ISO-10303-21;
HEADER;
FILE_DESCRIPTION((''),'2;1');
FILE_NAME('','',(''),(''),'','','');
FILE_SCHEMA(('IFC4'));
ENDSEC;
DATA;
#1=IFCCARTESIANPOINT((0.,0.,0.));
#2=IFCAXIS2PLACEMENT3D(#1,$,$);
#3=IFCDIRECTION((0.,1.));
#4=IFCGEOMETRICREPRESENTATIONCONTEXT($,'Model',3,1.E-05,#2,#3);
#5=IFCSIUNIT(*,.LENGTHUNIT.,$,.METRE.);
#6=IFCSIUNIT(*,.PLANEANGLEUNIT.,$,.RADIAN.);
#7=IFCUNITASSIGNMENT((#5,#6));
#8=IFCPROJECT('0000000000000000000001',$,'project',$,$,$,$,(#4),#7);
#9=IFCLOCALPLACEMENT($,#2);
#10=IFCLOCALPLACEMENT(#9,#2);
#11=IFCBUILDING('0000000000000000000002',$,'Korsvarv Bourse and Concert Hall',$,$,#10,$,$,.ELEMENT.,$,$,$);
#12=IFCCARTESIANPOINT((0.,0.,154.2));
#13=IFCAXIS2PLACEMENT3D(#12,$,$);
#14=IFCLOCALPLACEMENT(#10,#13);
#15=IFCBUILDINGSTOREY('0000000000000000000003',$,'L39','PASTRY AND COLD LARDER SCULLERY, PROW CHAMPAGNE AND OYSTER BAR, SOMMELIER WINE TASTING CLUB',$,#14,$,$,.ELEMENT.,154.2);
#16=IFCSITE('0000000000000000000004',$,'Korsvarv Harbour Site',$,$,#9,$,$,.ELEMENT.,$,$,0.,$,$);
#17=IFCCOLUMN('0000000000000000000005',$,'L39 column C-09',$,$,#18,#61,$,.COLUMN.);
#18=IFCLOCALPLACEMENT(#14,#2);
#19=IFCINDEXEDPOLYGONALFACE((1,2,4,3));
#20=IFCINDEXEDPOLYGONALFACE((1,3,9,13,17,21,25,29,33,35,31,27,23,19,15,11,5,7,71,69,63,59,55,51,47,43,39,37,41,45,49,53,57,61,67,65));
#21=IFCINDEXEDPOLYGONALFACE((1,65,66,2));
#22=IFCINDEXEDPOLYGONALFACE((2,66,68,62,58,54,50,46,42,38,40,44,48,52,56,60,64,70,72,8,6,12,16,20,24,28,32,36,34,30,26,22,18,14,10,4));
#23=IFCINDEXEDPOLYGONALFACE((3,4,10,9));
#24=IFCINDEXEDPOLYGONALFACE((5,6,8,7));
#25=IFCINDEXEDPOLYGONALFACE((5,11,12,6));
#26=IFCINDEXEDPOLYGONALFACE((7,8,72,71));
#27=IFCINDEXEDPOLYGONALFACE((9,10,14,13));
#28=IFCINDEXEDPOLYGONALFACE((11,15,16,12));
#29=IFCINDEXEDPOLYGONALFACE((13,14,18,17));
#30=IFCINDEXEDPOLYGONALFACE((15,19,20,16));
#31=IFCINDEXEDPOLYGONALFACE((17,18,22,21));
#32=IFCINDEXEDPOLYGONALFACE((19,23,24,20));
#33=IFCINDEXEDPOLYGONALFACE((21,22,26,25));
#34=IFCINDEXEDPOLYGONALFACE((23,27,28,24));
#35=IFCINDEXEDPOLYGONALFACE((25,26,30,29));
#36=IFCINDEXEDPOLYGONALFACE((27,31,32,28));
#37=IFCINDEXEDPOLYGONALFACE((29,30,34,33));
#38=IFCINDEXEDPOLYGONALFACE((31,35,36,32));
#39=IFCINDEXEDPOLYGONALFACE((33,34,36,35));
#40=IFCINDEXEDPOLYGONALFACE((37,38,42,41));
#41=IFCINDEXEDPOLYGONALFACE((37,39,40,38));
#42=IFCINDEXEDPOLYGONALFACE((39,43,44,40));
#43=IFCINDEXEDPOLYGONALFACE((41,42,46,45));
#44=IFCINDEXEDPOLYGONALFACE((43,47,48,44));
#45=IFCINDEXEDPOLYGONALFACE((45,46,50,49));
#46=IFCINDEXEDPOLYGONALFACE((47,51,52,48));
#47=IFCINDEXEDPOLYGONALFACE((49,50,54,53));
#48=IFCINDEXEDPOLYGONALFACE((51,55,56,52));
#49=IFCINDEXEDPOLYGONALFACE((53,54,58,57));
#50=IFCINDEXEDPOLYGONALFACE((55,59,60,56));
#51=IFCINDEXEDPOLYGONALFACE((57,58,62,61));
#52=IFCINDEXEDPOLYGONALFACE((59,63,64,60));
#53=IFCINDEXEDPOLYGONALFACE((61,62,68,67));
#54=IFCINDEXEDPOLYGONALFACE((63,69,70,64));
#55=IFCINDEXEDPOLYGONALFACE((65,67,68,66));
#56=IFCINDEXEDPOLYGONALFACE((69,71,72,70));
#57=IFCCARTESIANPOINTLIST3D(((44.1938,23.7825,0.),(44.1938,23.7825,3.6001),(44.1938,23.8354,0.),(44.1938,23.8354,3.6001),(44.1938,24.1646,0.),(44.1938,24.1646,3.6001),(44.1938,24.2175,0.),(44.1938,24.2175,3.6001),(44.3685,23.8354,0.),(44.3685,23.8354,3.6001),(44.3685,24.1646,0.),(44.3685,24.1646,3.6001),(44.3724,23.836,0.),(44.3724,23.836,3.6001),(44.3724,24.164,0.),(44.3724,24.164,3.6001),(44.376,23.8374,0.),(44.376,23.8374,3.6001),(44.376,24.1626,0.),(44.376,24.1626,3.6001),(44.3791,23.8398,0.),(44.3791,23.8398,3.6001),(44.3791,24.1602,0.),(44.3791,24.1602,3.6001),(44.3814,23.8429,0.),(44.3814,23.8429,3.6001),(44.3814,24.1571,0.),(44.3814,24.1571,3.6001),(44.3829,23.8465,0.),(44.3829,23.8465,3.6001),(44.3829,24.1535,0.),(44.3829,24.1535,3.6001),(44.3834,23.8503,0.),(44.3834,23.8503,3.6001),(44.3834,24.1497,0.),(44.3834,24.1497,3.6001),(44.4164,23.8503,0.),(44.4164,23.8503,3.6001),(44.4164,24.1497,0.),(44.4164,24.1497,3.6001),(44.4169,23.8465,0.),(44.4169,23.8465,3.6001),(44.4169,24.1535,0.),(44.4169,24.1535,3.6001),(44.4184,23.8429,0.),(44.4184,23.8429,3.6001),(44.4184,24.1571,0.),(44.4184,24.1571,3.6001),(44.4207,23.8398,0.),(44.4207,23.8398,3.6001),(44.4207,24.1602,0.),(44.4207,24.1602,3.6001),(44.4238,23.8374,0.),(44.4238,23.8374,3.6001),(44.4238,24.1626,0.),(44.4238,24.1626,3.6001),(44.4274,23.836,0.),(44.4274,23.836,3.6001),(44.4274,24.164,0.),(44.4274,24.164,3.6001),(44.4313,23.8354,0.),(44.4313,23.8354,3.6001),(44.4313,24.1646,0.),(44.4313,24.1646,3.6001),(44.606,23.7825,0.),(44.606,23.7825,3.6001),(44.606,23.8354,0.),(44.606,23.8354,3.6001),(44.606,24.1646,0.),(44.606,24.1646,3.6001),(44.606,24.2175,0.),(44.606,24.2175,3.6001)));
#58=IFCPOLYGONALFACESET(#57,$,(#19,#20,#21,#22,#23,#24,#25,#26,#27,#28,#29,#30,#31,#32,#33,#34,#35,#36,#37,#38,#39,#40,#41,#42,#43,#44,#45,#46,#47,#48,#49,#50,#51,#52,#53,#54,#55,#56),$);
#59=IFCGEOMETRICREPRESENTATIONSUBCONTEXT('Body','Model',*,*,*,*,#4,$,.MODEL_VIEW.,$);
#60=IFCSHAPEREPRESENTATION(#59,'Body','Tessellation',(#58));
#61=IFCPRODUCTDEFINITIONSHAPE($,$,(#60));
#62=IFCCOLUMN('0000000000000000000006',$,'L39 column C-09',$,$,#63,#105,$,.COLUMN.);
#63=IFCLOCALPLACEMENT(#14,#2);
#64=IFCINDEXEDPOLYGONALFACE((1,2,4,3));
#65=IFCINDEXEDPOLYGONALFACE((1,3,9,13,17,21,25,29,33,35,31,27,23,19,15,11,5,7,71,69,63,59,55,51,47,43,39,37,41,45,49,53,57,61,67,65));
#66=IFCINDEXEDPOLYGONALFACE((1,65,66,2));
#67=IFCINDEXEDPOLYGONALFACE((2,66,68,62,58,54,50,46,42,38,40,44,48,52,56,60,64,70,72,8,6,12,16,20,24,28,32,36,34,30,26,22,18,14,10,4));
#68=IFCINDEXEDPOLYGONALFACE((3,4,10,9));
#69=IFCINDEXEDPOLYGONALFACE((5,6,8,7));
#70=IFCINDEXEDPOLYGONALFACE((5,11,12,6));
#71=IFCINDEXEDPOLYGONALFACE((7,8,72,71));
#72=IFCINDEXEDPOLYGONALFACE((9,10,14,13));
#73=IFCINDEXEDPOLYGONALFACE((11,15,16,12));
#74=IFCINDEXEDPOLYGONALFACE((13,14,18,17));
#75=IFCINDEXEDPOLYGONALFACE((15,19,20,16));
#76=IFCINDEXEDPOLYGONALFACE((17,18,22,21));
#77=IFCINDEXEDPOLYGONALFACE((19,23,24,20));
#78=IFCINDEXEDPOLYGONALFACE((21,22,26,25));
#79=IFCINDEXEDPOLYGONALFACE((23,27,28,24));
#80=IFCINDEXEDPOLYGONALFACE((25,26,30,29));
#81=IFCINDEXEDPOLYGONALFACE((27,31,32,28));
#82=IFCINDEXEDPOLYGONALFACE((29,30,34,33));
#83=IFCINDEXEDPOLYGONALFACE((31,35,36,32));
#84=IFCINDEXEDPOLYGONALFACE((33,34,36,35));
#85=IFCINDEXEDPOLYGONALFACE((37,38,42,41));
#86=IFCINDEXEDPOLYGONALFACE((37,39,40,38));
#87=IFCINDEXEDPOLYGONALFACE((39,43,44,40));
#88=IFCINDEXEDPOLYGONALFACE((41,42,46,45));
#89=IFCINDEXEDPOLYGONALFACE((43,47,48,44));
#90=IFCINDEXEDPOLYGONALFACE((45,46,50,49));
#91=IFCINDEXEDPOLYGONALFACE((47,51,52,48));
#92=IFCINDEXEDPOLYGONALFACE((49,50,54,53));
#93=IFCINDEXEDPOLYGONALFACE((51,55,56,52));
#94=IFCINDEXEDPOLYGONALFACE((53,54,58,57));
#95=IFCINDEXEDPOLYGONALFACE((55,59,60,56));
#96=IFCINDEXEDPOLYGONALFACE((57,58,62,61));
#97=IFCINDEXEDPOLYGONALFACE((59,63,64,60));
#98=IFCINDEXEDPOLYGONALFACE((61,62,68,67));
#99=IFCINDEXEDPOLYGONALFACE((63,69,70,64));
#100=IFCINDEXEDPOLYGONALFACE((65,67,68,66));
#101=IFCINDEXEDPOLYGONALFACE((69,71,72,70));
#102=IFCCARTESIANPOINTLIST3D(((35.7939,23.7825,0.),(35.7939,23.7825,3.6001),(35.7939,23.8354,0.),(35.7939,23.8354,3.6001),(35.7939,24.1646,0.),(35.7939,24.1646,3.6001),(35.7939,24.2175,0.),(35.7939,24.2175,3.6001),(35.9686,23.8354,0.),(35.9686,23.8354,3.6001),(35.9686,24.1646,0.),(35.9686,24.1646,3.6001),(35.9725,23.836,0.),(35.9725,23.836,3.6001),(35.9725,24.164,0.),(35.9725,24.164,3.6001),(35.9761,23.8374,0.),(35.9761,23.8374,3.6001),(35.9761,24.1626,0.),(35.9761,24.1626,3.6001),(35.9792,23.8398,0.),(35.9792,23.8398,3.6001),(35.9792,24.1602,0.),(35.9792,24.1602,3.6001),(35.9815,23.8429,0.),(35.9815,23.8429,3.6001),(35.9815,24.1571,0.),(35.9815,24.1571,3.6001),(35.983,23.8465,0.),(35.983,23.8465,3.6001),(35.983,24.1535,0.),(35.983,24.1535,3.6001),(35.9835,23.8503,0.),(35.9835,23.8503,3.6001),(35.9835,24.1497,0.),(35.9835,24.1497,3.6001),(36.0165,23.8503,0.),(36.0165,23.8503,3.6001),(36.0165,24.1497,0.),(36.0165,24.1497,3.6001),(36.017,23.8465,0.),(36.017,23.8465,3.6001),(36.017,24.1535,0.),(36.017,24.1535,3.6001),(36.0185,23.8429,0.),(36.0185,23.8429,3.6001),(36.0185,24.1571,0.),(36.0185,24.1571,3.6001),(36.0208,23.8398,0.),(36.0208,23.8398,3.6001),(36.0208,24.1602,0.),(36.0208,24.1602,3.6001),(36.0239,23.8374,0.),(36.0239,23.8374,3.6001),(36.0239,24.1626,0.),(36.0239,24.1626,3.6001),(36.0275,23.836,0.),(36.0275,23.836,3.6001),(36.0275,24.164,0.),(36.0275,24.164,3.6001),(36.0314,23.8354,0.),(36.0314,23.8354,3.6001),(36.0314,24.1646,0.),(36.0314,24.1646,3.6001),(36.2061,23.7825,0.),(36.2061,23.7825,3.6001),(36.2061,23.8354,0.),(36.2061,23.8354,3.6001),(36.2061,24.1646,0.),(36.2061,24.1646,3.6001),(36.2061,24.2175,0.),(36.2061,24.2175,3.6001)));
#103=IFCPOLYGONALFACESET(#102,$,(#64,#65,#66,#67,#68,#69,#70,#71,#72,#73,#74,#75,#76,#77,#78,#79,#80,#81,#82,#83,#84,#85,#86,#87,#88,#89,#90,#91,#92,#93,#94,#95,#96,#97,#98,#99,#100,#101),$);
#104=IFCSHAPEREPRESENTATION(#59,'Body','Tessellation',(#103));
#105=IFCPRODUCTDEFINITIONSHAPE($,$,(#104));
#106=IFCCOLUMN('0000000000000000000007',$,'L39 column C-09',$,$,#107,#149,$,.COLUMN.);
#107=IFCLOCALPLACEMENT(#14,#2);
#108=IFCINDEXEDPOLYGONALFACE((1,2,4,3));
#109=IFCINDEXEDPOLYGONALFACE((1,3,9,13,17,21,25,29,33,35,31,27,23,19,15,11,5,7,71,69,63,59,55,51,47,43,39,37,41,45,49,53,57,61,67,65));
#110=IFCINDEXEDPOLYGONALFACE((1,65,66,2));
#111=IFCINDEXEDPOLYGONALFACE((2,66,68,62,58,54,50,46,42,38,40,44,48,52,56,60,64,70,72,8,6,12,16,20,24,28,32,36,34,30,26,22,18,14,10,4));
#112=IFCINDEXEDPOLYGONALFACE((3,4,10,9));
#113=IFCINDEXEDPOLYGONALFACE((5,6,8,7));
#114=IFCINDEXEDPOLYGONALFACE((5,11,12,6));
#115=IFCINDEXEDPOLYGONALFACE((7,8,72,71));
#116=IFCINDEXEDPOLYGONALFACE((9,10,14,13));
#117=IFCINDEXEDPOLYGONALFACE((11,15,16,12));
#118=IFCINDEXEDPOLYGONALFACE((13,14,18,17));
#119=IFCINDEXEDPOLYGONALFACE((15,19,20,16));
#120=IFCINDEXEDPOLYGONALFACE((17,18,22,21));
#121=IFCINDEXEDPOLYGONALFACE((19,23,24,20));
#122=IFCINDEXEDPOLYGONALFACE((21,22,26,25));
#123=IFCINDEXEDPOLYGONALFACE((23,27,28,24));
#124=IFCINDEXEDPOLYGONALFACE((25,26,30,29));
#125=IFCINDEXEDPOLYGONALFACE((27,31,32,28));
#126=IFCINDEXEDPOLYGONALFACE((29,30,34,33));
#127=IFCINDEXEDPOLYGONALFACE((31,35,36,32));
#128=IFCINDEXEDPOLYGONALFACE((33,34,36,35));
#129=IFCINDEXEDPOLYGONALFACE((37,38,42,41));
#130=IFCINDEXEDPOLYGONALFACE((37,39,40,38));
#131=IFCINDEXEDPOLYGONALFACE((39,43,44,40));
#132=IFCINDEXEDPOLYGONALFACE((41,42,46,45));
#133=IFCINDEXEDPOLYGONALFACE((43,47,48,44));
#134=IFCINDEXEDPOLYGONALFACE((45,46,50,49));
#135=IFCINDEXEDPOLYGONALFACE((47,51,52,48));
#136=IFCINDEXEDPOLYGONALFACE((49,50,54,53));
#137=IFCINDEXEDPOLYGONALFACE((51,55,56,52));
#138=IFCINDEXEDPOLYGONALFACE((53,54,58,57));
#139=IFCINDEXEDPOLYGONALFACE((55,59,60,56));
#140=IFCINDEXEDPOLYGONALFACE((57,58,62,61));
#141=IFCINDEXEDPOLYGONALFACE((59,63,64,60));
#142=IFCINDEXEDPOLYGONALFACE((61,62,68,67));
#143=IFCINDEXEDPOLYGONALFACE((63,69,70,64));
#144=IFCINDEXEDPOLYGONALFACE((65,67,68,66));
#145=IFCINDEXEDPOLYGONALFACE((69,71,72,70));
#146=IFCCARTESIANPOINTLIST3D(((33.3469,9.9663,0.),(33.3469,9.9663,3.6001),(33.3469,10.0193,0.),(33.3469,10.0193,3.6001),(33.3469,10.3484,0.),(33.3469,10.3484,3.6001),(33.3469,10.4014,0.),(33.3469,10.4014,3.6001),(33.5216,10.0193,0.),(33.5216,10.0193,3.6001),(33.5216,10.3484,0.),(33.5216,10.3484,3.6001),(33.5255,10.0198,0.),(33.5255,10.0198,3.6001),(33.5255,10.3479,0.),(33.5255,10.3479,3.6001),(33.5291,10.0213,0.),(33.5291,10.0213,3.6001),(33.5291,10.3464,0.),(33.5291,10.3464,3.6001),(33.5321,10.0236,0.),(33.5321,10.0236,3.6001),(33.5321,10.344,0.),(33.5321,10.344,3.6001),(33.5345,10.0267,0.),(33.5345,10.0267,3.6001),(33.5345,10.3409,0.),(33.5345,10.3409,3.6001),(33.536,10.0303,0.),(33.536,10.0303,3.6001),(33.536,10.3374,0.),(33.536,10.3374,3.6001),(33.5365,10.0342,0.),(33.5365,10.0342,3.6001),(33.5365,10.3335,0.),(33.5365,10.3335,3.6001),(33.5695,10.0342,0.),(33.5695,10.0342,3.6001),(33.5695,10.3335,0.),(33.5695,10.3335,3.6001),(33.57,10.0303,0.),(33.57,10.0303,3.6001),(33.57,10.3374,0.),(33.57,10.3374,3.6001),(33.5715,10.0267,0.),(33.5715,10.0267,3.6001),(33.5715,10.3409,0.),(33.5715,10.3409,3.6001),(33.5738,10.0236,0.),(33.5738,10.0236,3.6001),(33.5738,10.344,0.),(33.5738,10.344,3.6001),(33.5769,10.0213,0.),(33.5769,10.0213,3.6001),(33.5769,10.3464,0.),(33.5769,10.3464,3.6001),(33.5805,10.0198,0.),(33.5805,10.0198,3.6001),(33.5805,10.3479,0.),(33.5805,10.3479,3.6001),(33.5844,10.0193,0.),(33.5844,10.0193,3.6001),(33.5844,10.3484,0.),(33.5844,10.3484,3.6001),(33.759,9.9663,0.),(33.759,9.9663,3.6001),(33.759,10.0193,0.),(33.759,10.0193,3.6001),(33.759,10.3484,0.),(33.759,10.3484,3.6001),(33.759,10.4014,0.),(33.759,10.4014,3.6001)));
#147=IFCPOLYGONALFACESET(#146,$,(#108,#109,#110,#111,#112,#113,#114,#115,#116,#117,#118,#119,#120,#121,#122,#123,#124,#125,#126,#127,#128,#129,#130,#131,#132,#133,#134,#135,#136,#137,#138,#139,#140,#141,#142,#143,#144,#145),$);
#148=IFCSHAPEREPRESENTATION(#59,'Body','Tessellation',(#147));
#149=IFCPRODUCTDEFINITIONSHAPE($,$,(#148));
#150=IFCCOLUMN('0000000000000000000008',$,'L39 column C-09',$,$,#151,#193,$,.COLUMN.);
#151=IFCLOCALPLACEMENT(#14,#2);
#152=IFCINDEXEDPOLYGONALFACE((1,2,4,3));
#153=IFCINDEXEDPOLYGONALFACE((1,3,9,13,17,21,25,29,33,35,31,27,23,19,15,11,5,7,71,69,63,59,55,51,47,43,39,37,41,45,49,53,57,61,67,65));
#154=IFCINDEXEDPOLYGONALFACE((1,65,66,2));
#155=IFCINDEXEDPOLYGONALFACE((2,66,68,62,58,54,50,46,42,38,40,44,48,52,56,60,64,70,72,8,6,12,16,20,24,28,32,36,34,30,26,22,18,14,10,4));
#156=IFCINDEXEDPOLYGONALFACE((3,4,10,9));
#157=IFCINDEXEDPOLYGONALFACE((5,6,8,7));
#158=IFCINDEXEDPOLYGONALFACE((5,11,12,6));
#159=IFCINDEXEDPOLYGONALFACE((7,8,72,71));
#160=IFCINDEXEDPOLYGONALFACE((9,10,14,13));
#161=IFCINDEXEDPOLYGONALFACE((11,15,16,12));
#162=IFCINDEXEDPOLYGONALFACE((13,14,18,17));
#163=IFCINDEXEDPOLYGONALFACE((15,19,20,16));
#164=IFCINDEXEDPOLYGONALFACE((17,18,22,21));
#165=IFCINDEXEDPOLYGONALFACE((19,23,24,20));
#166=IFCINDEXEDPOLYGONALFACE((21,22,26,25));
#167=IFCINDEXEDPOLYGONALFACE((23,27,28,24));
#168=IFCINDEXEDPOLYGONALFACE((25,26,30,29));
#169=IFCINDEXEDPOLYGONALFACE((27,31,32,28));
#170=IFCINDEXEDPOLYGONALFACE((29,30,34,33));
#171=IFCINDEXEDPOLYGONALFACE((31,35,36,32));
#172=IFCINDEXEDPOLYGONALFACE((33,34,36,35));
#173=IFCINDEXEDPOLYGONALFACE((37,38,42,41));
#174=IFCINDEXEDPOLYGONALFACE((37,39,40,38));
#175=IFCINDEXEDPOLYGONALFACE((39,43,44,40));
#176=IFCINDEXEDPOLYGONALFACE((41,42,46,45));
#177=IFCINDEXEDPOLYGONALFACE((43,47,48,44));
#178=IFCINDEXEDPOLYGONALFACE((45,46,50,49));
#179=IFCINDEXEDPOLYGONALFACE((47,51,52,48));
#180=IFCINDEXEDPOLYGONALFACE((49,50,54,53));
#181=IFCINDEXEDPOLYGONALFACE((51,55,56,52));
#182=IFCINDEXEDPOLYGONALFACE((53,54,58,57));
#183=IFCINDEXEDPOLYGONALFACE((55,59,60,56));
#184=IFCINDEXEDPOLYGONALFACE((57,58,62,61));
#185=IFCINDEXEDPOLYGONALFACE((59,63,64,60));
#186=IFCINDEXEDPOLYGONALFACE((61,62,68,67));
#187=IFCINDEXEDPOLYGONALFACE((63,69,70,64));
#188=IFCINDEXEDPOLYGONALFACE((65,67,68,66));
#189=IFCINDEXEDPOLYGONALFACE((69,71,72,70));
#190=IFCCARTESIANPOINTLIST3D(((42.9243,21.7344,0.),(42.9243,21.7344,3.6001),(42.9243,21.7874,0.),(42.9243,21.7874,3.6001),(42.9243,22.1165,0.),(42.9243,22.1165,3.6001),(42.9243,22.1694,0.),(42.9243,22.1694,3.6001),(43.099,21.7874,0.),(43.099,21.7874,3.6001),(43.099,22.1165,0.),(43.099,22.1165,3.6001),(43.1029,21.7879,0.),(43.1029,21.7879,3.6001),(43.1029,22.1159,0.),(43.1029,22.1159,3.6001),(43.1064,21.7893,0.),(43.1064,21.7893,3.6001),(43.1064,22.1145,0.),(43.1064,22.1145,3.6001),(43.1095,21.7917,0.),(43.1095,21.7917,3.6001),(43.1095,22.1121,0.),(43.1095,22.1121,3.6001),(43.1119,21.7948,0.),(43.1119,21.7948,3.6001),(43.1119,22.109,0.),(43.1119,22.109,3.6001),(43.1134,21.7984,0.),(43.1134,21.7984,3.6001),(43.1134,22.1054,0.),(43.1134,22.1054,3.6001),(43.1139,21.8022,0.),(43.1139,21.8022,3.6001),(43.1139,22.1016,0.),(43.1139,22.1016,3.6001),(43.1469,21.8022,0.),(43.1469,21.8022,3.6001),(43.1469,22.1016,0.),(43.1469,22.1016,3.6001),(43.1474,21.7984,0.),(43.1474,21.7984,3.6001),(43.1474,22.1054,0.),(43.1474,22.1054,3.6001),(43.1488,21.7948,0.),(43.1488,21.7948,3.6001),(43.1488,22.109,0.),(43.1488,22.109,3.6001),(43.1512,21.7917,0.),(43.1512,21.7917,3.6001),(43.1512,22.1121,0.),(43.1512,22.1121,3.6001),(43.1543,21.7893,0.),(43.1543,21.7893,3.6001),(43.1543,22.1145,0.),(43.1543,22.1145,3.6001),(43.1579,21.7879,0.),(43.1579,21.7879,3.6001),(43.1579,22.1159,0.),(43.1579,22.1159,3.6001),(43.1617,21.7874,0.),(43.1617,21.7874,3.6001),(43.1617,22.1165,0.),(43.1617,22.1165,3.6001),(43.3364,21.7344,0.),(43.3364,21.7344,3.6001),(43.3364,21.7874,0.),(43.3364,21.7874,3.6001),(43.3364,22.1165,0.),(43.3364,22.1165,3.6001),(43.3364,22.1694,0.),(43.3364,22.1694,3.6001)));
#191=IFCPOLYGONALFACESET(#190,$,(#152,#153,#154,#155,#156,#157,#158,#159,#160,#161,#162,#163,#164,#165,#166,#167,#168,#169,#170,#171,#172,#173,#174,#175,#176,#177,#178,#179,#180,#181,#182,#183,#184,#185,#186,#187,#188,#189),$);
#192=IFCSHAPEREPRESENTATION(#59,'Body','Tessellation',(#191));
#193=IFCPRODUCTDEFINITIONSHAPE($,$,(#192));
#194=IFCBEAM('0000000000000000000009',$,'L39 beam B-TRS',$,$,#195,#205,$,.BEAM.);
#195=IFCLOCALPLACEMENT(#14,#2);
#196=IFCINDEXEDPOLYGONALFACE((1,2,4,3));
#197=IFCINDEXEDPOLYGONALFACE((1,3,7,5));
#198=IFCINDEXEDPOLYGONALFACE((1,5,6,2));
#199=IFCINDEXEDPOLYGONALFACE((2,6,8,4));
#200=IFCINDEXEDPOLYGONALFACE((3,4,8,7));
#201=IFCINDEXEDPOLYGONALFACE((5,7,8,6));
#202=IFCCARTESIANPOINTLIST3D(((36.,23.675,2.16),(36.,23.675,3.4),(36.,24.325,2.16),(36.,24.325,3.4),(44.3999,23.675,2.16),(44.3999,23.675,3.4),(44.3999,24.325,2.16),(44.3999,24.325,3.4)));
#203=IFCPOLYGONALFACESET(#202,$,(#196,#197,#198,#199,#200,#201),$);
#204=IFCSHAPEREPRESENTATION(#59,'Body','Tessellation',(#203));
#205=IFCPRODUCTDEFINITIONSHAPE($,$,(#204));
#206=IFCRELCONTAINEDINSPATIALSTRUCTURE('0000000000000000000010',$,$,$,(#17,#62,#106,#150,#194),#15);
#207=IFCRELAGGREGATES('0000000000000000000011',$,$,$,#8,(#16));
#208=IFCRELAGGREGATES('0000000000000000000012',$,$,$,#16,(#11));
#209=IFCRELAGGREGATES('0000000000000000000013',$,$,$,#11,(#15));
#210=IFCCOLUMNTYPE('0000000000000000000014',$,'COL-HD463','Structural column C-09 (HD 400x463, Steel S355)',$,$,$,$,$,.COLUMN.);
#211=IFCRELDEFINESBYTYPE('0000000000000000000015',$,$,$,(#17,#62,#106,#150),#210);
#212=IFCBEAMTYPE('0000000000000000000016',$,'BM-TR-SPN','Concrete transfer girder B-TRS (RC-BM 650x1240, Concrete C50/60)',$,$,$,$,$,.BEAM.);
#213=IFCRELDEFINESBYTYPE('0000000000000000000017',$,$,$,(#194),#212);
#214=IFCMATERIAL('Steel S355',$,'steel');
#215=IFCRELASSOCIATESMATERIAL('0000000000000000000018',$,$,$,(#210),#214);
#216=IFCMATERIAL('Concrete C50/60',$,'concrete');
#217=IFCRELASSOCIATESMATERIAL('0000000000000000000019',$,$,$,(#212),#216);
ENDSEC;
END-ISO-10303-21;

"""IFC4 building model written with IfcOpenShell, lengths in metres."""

from ifc_helpers import new_model, si_unit, direction, frame, origin, origin_2d, place, context, subcontext, project, spatial, rectangle, i_section, extrude, source, transform, mapped, material, material_profile, profile_set, type_object, element, save


model = new_model("IFC4")

# Units and contexts
model_context = context("Model", 3, precision=1e-05, world=origin(), true_north=direction((0.0, 1.0)))
body_context = subcontext(model_context, "Body", "Model", "MODEL_VIEW")
ifc_project = project(units=[si_unit("LENGTHUNIT", "METRE"), si_unit("PLANEANGLEUNIT", "RADIAN")], contexts=[model_context])

# Site, building, storey
site_placement = place(None, origin())
site = spatial("IfcSite", under=ifc_project, at=site_placement, Name="Korsvarv Harbour Site", CompositionType="ELEMENT", RefElevation=0.0)
building_placement = place(site_placement, origin())
building = spatial("IfcBuilding", under=site, at=building_placement, Name="Korsvarv Bourse and Concert Hall", CompositionType="ELEMENT")
storey_placement = place(building_placement, frame((0.0, 0.0, 154.2)))
storey = spatial("IfcBuildingStorey", under=building, at=storey_placement, Name="L39", Description="PASTRY AND COLD LARDER SCULLERY, PROW CHAMPAGNE AND OYSTER BAR, SOMMELIER WINE TASTING CLUB", CompositionType="ELEMENT", Elevation=154.2)

# Columns
ifc_material_1 = material(Name="Steel S355", Category="steel")
ifc_material_profile_1 = material_profile(ifc_material_1, i_section(OverallWidth=0.4121, OverallDepth=0.4351, WebThickness=0.033, FlangeThickness=0.053, FilletRadius=0.0149, at=origin_2d()), Name="HD 400x463")
ifc_profile_set_1 = profile_set([ifc_material_profile_1], Name="Steel S355")
column_type = type_object("IfcColumnType", Name="COL-HD463", Description="Structural column C-09 (HD 400x463, Steel S355)", PredefinedType="COLUMN", material=ifc_profile_set_1)
shared_shape_1 = source(origin(), body_context, "Body", "SweptSolid", [
    extrude(i_section(OverallWidth=0.4121, OverallDepth=0.4351, WebThickness=0.033, FlangeThickness=0.053, FilletRadius=0.0149, at=origin_2d()), origin(), (0.0, 0.0, 1.0), 3.6001),
])
for number, where, z_axis, x_axis, name in (
    (1, (44.3999, 24.0, 0.0), (0.0, 0.0, 1.0), (1.0, 0.0, 0.0), "L39 column C-09"),
    (2, (36.0, 24.0, 0.0), (0.0, 0.0, 1.0), (1.0, 0.0, 0.0), "L39 column C-09"),
    (3, (33.553, 10.1838, 0.0), (0.0, 0.0, 1.0), (1.0, 0.0, 0.0), "L39 column C-09"),
    (4, (43.1304, 21.9519, 0.0), (0.0, 0.0, 1.0), (1.0, 0.0, 0.0), "L39 column C-09"),
):
    element("IfcColumn", number, at=place(storey_placement, frame(where, z_axis=z_axis, x_axis=x_axis)), inside=storey, type_object=column_type, Name=name, PredefinedType="COLUMN", context=body_context, shape_type="MappedRepresentation", body=[
        mapped(shared_shape_1, transform((0.0, 0.0, 0.0), scale=1.0)),
    ])

# Beam
ifc_material_2 = material(Name="Concrete C50/60", Category="concrete")
ifc_material_profile_2 = material_profile(ifc_material_2, rectangle(XDim=0.6499, YDim=1.24, at=origin_2d()), Name="RC-BM 650x1240")
ifc_profile_set_2 = profile_set([ifc_material_profile_2], Name="Concrete C50/60")
beam_type_1 = type_object("IfcBeamType", Name="BM-TR-SPN", Description="Concrete transfer girder B-TRS (RC-BM 650x1240, Concrete C50/60)", PredefinedType="BEAM", material=ifc_profile_set_2)
shared_shape_2 = source(origin(), body_context, "Body", "SweptSolid", [
    extrude(rectangle(XDim=0.6499, YDim=1.24, at=origin_2d()), origin(), (0.0, 0.0, 1.0), 8.3999),
])
for number, where, z_axis, x_axis, name in (
    (5, (36.0, 24.0, 2.78), (1.0, 0.0, 0.0), (0.0, 1.0, 0.0), "L39 beam B-TRS"),
):
    element("IfcBeam", number, at=place(storey_placement, frame(where, z_axis=z_axis, x_axis=x_axis)), inside=storey, type_object=beam_type_1, Name=name, PredefinedType="BEAM", context=body_context, shape_type="MappedRepresentation", body=[
        mapped(shared_shape_2, transform((0.0, 0.0, 0.0), scale=1.0)),
    ])

save(model, "model.ifc")
